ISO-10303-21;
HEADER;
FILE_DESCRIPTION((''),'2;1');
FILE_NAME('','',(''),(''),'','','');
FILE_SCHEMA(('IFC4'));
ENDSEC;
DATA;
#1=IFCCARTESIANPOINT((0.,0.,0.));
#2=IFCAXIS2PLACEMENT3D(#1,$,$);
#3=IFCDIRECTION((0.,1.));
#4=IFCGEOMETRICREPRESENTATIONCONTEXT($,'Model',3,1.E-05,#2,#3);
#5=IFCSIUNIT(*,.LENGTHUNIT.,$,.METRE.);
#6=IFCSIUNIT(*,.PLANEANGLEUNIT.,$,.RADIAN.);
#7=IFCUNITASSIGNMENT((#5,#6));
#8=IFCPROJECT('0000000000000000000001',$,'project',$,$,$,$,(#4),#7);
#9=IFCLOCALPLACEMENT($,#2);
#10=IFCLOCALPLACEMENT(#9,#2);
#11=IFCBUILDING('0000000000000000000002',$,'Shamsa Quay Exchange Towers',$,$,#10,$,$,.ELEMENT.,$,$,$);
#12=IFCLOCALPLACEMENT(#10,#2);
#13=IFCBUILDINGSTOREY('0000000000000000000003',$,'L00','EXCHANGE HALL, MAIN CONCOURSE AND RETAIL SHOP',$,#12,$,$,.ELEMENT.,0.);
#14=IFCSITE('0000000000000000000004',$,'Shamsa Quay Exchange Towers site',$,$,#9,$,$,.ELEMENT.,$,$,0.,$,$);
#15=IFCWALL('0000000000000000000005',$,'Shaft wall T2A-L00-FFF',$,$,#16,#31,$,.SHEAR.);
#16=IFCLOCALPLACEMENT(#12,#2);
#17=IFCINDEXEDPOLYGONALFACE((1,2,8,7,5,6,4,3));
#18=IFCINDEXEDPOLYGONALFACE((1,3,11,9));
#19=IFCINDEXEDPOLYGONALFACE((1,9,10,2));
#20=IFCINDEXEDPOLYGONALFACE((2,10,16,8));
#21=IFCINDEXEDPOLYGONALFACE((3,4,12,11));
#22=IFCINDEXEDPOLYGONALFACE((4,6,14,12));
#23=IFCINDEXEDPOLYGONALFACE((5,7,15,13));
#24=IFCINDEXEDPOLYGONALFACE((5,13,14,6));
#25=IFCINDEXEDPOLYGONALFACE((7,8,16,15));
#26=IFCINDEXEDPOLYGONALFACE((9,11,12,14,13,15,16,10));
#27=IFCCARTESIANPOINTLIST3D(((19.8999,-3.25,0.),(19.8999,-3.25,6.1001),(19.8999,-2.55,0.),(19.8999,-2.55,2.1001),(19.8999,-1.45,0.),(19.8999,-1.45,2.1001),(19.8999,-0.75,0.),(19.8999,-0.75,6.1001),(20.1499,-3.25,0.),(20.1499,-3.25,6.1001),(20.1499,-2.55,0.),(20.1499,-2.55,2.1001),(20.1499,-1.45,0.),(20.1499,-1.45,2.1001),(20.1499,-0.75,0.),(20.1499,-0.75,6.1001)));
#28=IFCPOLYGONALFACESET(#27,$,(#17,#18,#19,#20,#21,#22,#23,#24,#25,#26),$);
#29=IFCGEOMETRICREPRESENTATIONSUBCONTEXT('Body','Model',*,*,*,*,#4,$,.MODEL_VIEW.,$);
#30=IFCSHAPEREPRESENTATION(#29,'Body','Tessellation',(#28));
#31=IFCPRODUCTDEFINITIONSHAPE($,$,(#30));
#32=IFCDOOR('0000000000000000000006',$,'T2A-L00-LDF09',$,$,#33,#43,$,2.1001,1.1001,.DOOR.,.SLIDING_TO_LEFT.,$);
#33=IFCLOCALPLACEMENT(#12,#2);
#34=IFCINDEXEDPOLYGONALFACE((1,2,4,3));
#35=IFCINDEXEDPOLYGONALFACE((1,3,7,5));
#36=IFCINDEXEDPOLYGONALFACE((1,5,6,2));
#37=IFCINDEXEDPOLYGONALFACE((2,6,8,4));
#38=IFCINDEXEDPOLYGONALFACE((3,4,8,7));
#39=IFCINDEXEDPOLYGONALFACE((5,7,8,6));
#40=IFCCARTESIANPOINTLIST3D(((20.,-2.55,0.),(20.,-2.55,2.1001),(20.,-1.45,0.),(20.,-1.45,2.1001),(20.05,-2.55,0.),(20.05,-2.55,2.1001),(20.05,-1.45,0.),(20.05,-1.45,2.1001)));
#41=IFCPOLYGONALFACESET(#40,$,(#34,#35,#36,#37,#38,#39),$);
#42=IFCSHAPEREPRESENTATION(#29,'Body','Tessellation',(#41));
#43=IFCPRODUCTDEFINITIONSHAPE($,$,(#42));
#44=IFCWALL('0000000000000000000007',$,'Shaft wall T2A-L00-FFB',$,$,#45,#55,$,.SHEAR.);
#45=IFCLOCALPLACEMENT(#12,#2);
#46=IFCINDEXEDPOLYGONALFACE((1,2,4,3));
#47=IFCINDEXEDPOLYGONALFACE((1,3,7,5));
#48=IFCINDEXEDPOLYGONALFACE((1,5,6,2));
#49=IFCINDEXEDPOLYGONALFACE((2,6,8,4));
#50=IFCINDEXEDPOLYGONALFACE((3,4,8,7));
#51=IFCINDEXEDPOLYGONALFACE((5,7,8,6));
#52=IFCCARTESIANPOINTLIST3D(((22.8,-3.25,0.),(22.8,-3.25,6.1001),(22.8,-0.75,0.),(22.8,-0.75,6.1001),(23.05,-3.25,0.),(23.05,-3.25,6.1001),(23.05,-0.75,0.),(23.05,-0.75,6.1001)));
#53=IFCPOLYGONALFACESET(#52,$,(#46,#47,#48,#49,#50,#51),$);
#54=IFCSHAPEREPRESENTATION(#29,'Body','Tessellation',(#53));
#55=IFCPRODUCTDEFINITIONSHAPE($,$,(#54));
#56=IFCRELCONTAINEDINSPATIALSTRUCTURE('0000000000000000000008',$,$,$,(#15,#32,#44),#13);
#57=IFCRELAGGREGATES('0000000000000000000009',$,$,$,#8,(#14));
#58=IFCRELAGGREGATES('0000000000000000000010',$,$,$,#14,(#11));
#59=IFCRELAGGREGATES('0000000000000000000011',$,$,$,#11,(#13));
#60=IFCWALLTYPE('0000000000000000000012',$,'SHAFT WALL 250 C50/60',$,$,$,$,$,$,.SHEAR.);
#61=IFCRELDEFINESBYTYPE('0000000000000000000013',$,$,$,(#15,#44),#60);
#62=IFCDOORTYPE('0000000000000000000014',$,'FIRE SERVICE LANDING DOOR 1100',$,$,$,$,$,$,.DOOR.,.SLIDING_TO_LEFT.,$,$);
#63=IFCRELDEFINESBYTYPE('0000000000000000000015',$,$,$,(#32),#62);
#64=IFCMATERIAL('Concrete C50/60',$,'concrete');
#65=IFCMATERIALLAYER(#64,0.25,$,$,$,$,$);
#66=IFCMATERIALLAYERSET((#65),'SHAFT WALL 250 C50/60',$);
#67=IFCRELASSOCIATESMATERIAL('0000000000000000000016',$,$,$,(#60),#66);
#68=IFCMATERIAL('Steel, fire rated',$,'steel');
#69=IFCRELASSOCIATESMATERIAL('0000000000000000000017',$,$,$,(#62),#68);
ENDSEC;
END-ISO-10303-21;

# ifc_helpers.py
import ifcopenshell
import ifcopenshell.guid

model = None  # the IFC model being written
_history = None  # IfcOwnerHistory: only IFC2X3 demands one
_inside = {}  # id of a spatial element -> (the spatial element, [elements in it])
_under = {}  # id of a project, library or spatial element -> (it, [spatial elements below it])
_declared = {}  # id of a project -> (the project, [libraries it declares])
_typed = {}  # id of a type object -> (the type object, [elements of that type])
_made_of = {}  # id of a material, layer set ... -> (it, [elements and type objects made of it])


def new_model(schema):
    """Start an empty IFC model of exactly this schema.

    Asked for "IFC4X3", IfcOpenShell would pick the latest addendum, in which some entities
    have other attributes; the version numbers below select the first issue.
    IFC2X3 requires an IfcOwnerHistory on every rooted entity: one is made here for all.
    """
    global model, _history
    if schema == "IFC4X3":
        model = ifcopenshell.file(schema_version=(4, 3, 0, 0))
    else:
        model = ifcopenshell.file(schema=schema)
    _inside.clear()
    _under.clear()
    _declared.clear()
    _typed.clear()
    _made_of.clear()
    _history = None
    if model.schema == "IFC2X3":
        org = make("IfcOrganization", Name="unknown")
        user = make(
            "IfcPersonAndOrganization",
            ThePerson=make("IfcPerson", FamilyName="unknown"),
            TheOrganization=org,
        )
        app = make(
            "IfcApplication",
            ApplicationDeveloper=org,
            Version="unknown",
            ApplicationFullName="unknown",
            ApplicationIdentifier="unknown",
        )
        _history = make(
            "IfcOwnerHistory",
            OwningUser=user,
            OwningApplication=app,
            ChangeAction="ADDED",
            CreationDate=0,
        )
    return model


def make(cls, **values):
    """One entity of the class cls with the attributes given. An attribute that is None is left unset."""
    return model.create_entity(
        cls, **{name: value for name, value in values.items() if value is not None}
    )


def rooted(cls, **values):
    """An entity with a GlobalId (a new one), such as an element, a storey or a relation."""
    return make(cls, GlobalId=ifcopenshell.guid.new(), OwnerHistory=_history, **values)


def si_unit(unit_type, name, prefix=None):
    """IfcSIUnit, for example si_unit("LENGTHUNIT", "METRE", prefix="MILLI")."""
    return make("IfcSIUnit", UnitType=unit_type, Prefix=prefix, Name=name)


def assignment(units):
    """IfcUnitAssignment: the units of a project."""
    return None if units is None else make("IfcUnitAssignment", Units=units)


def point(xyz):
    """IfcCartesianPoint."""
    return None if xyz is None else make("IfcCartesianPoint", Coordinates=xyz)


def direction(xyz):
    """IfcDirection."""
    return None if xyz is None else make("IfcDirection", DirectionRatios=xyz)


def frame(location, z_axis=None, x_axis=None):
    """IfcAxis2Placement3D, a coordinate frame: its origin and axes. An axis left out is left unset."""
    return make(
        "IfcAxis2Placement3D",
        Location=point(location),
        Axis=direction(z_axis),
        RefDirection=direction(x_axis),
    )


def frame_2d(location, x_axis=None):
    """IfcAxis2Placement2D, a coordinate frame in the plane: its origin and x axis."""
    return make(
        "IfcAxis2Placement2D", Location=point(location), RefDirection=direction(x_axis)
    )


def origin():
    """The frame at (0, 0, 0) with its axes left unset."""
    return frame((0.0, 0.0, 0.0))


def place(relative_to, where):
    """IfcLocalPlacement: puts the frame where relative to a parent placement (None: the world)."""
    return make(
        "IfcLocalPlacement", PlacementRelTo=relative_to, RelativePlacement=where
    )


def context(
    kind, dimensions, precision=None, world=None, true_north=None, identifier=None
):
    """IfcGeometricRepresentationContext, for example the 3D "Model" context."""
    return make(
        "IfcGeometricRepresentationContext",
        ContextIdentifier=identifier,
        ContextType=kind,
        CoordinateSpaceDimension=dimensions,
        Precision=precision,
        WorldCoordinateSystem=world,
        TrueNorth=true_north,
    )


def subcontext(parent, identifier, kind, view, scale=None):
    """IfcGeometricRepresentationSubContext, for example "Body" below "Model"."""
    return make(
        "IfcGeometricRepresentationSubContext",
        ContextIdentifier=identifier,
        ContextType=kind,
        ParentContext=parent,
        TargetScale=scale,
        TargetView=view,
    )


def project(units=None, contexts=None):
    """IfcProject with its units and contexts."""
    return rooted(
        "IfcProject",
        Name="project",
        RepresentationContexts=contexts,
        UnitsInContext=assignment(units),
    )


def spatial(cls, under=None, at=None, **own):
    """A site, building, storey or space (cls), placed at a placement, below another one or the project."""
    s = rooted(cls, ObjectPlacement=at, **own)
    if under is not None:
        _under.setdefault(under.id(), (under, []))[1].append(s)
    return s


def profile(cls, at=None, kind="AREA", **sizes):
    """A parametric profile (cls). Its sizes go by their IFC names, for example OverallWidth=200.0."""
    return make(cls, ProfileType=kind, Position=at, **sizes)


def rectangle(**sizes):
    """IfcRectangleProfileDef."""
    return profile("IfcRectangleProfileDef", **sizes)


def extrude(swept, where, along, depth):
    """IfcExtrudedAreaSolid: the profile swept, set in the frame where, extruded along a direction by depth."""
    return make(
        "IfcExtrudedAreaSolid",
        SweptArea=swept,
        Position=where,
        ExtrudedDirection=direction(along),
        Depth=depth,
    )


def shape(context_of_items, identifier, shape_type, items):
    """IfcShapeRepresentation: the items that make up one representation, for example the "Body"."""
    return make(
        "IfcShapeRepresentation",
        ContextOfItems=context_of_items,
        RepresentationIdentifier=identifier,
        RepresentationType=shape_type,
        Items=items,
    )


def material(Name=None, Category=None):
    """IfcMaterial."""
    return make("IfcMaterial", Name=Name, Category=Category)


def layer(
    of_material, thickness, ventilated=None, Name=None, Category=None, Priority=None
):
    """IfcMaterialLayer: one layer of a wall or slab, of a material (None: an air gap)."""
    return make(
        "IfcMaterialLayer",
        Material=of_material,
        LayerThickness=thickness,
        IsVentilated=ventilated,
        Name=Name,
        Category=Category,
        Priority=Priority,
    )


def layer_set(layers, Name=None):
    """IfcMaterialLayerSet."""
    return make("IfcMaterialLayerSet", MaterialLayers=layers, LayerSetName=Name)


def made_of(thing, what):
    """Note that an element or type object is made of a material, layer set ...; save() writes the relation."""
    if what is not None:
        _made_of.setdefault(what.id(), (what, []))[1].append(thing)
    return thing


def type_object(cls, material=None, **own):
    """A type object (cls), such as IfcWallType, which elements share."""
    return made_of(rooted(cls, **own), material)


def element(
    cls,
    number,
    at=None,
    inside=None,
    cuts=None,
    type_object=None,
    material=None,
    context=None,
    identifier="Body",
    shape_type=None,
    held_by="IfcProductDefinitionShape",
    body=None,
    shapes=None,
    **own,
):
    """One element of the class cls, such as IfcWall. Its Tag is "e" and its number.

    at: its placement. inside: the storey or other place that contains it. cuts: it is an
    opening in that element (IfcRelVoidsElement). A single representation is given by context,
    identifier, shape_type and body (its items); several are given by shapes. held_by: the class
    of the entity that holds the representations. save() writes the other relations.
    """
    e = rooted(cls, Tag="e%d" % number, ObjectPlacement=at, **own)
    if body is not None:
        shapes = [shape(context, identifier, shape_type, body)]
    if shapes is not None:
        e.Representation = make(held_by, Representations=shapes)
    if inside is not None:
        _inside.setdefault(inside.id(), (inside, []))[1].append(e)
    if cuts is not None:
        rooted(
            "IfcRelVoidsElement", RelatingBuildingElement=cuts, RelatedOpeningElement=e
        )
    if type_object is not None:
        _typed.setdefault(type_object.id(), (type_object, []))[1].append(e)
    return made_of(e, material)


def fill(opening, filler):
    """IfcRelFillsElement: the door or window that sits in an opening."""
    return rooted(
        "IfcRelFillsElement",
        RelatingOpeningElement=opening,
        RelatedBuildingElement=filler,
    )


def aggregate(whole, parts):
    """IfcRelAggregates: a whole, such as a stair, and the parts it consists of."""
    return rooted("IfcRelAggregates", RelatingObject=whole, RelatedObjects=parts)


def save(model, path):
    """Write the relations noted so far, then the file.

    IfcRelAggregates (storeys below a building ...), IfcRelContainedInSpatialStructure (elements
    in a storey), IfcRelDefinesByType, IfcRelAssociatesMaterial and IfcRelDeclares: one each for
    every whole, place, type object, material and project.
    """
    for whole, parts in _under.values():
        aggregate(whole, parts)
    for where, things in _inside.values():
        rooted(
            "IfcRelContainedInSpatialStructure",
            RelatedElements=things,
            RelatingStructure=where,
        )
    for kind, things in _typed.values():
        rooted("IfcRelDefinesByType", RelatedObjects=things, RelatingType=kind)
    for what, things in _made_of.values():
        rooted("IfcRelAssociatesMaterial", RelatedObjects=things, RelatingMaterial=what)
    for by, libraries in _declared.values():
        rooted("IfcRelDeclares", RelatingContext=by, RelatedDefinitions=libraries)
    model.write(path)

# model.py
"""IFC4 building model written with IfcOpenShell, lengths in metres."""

from ifc_helpers import new_model, si_unit, direction, frame, frame_2d, origin, place, context, subcontext, project, spatial, rectangle, extrude, material, layer, layer_set, type_object, element, fill, save


model = new_model("IFC4")

# Units and contexts
model_context = context("Model", 3, precision=1e-05, world=origin(), true_north=direction((0.0, 1.0)))
body_context = subcontext(model_context, "Body", "Model", "MODEL_VIEW")
ifc_project = project(units=[si_unit("LENGTHUNIT", "METRE"), si_unit("PLANEANGLEUNIT", "RADIAN")], contexts=[model_context])

# Site, building, storey
site_placement = place(None, origin())
site = spatial("IfcSite", under=ifc_project, at=site_placement, Name="Shamsa Quay Exchange Towers site", CompositionType="ELEMENT", RefElevation=0.0)
building_placement = place(site_placement, origin())
building = spatial("IfcBuilding", under=site, at=building_placement, Name="Shamsa Quay Exchange Towers", CompositionType="ELEMENT")
storey_placement = place(building_placement, origin())
storey = spatial("IfcBuildingStorey", under=building, at=storey_placement, Name="L00", Description="EXCHANGE HALL, MAIN CONCOURSE AND RETAIL SHOP", CompositionType="ELEMENT", Elevation=0.0)

# Shared definitions
ifc_material_1 = material(Name="Concrete C50/60", Category="concrete")
ifc_layer = layer(ifc_material_1, 0.25)
ifc_layer_set = layer_set([ifc_layer], Name="SHAFT WALL 250 C50/60")
wall_type = type_object("IfcWallType", Name="SHAFT WALL 250 C50/60", PredefinedType="SHEAR", material=ifc_layer_set)
ifc_material_2 = material(Name="Steel, fire rated", Category="steel")

# Wall, opening, door
wall_1_placement = place(storey_placement, frame((20.0249, -3.25, 0.0), z_axis=(0.0, 0.0, 1.0), x_axis=(0.0, 1.0, 0.0)))
wall_1 = element("IfcWall", 1, at=wall_1_placement, inside=storey, type_object=wall_type, Name="Shaft wall T2A-L00-FFF", PredefinedType="SHEAR", context=body_context, shape_type="SweptSolid", body=[
    extrude(rectangle(XDim=2.5, YDim=0.25, at=frame_2d((1.25, 0.0))), origin(), (0.0, 0.0, 1.0), 6.1001),
])
opening_1_placement = place(wall_1_placement, frame((0.7, 0.0, 0.0)))
opening_1 = element("IfcOpeningElement", 2, at=opening_1_placement, cuts=wall_1, PredefinedType="OPENING", context=body_context, shape_type="SweptSolid", body=[
    extrude(rectangle(XDim=1.1001, YDim=2.1001, at=frame_2d((0.55, 1.05))), frame((0.0, 0.135, 0.0), z_axis=(0.0, -1.0, 0.0), x_axis=(1.0, 0.0, 0.0)), (0.0, 0.0, 1.0), 0.27),
])
door_type_1 = type_object("IfcDoorType", Name="FIRE SERVICE LANDING DOOR 1100", OperationType="SLIDING_TO_LEFT", PredefinedType="DOOR", material=ifc_material_2)
door_1_placement = place(opening_1_placement, origin())
door_1 = element("IfcDoor", 3, at=door_1_placement, inside=storey, type_object=door_type_1, Name="T2A-L00-LDF09", OperationType="SLIDING_TO_LEFT", OverallHeight=2.1001, OverallWidth=1.1001, PredefinedType="DOOR", context=body_context, shape_type="SweptSolid", body=[
    extrude(rectangle(XDim=1.1001, YDim=2.1001, at=frame_2d((0.55, 1.05))), frame((0.0, 0.0249, 0.0), z_axis=(0.0, -1.0, 0.0), x_axis=(1.0, 0.0, 0.0)), (0.0, 0.0, 1.0), 0.05),
])
fill(opening_1, door_1)

# Wall
wall_2_placement = place(storey_placement, frame((22.925, -3.25, 0.0), z_axis=(0.0, 0.0, 1.0), x_axis=(0.0, 1.0, 0.0)))
element("IfcWall", 4, at=wall_2_placement, inside=storey, type_object=wall_type, Name="Shaft wall T2A-L00-FFB", PredefinedType="SHEAR", context=body_context, shape_type="SweptSolid", body=[
    extrude(rectangle(XDim=2.5, YDim=0.25, at=frame_2d((1.25, 0.0))), origin(), (0.0, 0.0, 1.0), 6.1001),
])

save(model, "model.ifc")
